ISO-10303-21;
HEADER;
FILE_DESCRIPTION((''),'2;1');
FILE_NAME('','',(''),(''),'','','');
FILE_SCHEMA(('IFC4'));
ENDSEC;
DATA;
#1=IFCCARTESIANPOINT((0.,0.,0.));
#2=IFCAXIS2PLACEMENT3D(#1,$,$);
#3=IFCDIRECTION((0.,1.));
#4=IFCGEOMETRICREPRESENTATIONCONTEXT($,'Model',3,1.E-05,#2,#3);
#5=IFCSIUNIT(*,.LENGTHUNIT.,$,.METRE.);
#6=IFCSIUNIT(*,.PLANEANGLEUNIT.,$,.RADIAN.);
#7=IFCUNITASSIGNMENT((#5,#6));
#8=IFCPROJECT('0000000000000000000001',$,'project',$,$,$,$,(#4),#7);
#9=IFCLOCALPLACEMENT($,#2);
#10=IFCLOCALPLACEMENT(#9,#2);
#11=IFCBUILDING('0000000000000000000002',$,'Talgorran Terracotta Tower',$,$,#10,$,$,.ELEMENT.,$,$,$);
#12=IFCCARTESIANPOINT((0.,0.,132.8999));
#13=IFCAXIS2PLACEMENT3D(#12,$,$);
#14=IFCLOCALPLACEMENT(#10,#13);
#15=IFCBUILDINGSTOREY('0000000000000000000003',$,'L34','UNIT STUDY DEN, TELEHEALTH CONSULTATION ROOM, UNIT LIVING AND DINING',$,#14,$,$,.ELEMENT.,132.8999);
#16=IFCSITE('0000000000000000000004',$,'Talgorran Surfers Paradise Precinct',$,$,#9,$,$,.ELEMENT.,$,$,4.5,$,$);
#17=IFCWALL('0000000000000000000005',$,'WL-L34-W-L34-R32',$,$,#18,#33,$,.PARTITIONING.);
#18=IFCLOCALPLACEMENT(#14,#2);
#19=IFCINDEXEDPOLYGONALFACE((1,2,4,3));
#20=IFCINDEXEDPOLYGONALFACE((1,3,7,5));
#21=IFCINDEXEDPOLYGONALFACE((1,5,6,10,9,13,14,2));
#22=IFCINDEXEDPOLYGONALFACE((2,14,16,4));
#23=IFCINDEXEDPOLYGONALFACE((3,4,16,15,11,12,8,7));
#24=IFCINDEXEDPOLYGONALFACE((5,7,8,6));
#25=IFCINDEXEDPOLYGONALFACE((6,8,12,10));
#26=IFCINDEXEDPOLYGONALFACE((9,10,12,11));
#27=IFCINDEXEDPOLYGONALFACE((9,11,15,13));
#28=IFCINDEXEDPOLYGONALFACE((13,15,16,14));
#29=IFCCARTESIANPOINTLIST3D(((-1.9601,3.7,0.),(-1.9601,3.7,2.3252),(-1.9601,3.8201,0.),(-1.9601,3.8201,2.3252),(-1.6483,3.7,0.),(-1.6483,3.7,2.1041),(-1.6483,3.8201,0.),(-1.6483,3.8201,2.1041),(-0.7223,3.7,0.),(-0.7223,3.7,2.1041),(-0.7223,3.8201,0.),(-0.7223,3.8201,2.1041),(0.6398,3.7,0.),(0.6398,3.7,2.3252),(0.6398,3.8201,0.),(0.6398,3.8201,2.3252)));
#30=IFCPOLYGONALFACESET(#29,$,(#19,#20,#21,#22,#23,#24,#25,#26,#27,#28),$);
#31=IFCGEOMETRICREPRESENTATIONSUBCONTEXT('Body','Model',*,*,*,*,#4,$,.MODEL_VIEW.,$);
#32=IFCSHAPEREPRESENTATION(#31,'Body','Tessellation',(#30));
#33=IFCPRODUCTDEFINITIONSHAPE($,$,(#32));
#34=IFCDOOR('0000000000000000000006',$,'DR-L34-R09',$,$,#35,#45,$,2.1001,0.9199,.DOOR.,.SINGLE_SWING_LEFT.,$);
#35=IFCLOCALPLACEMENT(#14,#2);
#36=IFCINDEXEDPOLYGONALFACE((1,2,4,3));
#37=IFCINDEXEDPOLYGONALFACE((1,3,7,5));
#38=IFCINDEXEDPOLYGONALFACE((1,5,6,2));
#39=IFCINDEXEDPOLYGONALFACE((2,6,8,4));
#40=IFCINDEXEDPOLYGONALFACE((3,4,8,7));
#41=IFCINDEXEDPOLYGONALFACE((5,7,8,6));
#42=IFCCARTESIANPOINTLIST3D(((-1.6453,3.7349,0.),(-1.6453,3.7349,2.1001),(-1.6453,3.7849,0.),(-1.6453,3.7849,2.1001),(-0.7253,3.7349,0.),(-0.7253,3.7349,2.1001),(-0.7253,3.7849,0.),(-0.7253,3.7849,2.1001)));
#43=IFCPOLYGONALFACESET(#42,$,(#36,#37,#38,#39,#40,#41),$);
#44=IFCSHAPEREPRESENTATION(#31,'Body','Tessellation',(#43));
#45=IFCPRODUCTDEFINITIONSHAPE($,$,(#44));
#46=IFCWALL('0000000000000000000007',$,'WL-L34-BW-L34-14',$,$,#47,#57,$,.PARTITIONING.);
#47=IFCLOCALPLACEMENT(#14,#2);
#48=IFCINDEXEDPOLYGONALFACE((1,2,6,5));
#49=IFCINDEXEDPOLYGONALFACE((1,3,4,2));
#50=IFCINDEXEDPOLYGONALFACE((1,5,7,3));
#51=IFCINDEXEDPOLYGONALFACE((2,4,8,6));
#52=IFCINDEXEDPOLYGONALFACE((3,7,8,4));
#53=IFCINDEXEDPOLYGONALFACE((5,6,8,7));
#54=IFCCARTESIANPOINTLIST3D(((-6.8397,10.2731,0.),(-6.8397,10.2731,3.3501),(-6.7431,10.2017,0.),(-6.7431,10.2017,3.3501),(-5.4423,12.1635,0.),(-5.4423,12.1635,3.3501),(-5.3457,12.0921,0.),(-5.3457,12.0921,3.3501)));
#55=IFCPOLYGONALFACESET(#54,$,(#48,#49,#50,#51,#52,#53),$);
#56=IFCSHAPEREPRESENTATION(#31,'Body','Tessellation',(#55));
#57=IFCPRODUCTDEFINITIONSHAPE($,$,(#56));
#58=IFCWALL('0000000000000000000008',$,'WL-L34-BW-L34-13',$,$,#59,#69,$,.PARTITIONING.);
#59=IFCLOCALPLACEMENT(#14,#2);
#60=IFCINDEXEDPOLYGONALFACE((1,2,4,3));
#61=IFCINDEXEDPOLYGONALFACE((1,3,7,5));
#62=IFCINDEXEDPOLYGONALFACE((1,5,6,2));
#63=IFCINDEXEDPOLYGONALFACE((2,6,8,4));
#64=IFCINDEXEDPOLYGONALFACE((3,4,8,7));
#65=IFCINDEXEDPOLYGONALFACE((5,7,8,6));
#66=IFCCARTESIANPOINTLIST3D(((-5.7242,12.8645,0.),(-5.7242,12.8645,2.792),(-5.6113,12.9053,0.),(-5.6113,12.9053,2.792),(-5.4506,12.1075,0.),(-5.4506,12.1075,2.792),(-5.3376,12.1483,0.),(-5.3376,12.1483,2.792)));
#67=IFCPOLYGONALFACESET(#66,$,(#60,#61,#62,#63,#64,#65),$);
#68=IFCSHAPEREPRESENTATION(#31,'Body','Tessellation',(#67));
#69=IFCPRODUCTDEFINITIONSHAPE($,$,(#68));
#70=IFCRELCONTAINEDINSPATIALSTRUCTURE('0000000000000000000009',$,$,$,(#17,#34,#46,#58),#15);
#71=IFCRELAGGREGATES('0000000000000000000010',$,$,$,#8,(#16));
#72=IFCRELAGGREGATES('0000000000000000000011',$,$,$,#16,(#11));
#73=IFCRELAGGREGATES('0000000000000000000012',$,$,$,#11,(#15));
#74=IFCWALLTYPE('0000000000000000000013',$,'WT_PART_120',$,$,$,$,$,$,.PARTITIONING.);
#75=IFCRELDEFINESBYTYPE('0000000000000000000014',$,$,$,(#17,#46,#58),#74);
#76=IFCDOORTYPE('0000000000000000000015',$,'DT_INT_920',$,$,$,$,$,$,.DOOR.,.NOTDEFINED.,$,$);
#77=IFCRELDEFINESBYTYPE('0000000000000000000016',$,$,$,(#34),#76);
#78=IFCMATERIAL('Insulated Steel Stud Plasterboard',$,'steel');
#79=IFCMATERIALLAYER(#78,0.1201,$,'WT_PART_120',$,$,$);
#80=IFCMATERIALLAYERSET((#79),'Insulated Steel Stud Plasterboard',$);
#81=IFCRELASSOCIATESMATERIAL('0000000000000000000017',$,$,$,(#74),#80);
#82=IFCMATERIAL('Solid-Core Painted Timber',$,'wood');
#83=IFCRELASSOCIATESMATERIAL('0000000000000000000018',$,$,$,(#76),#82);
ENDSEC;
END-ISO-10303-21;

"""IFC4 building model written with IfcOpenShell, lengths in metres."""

from ifc_helpers import new_model, si_unit, direction, frame, frame_2d, origin, place, context, subcontext, project, spatial, rectangle, extrude, material, layer, layer_set, type_object, element, fill, save


model = new_model("IFC4")

# Units and contexts
model_context = context("Model", 3, precision=1e-05, world=origin(), true_north=direction((0.0, 1.0)))
body_context = subcontext(model_context, "Body", "Model", "MODEL_VIEW")
ifc_project = project(units=[si_unit("LENGTHUNIT", "METRE"), si_unit("PLANEANGLEUNIT", "RADIAN")], contexts=[model_context])

# Site, building, storey
site_placement = place(None, origin())
site = spatial("IfcSite", under=ifc_project, at=site_placement, Name="Talgorran Surfers Paradise Precinct", CompositionType="ELEMENT", RefElevation=4.5)
building_placement = place(site_placement, origin())
building = spatial("IfcBuilding", under=site, at=building_placement, Name="Talgorran Terracotta Tower", CompositionType="ELEMENT")
storey_placement = place(building_placement, frame((0.0, 0.0, 132.8999)))
storey = spatial("IfcBuildingStorey", under=building, at=storey_placement, Name="L34", Description="UNIT STUDY DEN, TELEHEALTH CONSULTATION ROOM, UNIT LIVING AND DINING", CompositionType="ELEMENT", Elevation=132.8999)

# Wall, opening, door
ifc_material_1 = material(Name="Insulated Steel Stud Plasterboard", Category="steel")
ifc_layer_1 = layer(ifc_material_1, 0.1201, Name="WT_PART_120")
ifc_layer_set_1 = layer_set([ifc_layer_1], Name="Insulated Steel Stud Plasterboard")
wall_type = type_object("IfcWallType", Name="WT_PART_120", PredefinedType="PARTITIONING", material=ifc_layer_set_1)
ifc_material_2 = material(Name="Solid-Core Painted Timber", Category="wood")
door_type = type_object("IfcDoorType", Name="DT_INT_920", OperationType="NOTDEFINED", PredefinedType="DOOR", material=ifc_material_2)
wall_1_placement = place(storey_placement, frame((-1.96, 3.76, 0.0), z_axis=(0.0, 0.0, 1.0), x_axis=(1.0, 0.0, 0.0)))
wall_1 = element("IfcWall", 1, at=wall_1_placement, inside=storey, type_object=wall_type, Name="WL-L34-W-L34-R32", PredefinedType="PARTITIONING", context=body_context, shape_type="SweptSolid", body=[
    extrude(rectangle(XDim=2.5999, YDim=0.1201, at=frame_2d((1.2998, 0.0))), origin(), (0.0, 0.0, 1.0), 2.3252),
])
opening_1_placement = place(wall_1_placement, frame((0.3147, 0.0, 0.0)))
opening_1 = element("IfcOpeningElement", 2, at=opening_1_placement, cuts=wall_1, PredefinedType="OPENING", context=body_context, shape_type="SweptSolid", body=[
    extrude(rectangle(XDim=0.9259, YDim=2.1041, at=frame_2d((0.46, 1.052))), frame((0.0, 0.0701, 0.0), z_axis=(0.0, -1.0, 0.0), x_axis=(1.0, 0.0, 0.0)), (0.0, 0.0, 1.0), 0.1401),
])
door_1_placement = place(opening_1_placement, origin())
door_1 = element("IfcDoor", 3, at=door_1_placement, inside=storey, type_object=door_type, Name="DR-L34-R09", OperationType="SINGLE_SWING_LEFT", OverallHeight=2.1001, OverallWidth=0.9199, PredefinedType="DOOR", context=body_context, shape_type="SweptSolid", body=[
    extrude(rectangle(XDim=0.9199, YDim=2.1001, at=frame_2d((0.46, 1.05))), frame((0.0, 0.0249, 0.0), z_axis=(0.0, -1.0, 0.0), x_axis=(1.0, 0.0, 0.0)), (0.0, 0.0, 1.0), 0.05),
])
fill(opening_1, door_1)

# Walls
wall_2_placement = place(storey_placement, frame((-5.394, 12.1277, 0.0), z_axis=(0.0, 0.0, 1.0), x_axis=(-0.594452, -0.804131, 0.0)))
element("IfcWall", 4, at=wall_2_placement, inside=storey, type_object=wall_type, Name="WL-L34-BW-L34-14", PredefinedType="PARTITIONING", context=body_context, shape_type="SweptSolid", body=[
    extrude(rectangle(XDim=2.3508, YDim=0.1201, at=frame_2d((1.1753, 0.0))), origin(), (0.0, 0.0, 1.0), 3.3501),
])
wall_3_placement = place(storey_placement, frame((-5.6677, 12.8848, 0.0), z_axis=(0.0, 0.0, 1.0), x_axis=(0.339965, -0.940438, 0.0)))
element("IfcWall", 5, at=wall_3_placement, inside=storey, type_object=wall_type, Name="WL-L34-BW-L34-13", PredefinedType="PARTITIONING", context=body_context, shape_type="SweptSolid", body=[
    extrude(rectangle(XDim=0.8049, YDim=0.1201, at=frame_2d((0.4023, 0.0))), origin(), (0.0, 0.0, 1.0), 2.792),
])

save(model, "model.ifc")
